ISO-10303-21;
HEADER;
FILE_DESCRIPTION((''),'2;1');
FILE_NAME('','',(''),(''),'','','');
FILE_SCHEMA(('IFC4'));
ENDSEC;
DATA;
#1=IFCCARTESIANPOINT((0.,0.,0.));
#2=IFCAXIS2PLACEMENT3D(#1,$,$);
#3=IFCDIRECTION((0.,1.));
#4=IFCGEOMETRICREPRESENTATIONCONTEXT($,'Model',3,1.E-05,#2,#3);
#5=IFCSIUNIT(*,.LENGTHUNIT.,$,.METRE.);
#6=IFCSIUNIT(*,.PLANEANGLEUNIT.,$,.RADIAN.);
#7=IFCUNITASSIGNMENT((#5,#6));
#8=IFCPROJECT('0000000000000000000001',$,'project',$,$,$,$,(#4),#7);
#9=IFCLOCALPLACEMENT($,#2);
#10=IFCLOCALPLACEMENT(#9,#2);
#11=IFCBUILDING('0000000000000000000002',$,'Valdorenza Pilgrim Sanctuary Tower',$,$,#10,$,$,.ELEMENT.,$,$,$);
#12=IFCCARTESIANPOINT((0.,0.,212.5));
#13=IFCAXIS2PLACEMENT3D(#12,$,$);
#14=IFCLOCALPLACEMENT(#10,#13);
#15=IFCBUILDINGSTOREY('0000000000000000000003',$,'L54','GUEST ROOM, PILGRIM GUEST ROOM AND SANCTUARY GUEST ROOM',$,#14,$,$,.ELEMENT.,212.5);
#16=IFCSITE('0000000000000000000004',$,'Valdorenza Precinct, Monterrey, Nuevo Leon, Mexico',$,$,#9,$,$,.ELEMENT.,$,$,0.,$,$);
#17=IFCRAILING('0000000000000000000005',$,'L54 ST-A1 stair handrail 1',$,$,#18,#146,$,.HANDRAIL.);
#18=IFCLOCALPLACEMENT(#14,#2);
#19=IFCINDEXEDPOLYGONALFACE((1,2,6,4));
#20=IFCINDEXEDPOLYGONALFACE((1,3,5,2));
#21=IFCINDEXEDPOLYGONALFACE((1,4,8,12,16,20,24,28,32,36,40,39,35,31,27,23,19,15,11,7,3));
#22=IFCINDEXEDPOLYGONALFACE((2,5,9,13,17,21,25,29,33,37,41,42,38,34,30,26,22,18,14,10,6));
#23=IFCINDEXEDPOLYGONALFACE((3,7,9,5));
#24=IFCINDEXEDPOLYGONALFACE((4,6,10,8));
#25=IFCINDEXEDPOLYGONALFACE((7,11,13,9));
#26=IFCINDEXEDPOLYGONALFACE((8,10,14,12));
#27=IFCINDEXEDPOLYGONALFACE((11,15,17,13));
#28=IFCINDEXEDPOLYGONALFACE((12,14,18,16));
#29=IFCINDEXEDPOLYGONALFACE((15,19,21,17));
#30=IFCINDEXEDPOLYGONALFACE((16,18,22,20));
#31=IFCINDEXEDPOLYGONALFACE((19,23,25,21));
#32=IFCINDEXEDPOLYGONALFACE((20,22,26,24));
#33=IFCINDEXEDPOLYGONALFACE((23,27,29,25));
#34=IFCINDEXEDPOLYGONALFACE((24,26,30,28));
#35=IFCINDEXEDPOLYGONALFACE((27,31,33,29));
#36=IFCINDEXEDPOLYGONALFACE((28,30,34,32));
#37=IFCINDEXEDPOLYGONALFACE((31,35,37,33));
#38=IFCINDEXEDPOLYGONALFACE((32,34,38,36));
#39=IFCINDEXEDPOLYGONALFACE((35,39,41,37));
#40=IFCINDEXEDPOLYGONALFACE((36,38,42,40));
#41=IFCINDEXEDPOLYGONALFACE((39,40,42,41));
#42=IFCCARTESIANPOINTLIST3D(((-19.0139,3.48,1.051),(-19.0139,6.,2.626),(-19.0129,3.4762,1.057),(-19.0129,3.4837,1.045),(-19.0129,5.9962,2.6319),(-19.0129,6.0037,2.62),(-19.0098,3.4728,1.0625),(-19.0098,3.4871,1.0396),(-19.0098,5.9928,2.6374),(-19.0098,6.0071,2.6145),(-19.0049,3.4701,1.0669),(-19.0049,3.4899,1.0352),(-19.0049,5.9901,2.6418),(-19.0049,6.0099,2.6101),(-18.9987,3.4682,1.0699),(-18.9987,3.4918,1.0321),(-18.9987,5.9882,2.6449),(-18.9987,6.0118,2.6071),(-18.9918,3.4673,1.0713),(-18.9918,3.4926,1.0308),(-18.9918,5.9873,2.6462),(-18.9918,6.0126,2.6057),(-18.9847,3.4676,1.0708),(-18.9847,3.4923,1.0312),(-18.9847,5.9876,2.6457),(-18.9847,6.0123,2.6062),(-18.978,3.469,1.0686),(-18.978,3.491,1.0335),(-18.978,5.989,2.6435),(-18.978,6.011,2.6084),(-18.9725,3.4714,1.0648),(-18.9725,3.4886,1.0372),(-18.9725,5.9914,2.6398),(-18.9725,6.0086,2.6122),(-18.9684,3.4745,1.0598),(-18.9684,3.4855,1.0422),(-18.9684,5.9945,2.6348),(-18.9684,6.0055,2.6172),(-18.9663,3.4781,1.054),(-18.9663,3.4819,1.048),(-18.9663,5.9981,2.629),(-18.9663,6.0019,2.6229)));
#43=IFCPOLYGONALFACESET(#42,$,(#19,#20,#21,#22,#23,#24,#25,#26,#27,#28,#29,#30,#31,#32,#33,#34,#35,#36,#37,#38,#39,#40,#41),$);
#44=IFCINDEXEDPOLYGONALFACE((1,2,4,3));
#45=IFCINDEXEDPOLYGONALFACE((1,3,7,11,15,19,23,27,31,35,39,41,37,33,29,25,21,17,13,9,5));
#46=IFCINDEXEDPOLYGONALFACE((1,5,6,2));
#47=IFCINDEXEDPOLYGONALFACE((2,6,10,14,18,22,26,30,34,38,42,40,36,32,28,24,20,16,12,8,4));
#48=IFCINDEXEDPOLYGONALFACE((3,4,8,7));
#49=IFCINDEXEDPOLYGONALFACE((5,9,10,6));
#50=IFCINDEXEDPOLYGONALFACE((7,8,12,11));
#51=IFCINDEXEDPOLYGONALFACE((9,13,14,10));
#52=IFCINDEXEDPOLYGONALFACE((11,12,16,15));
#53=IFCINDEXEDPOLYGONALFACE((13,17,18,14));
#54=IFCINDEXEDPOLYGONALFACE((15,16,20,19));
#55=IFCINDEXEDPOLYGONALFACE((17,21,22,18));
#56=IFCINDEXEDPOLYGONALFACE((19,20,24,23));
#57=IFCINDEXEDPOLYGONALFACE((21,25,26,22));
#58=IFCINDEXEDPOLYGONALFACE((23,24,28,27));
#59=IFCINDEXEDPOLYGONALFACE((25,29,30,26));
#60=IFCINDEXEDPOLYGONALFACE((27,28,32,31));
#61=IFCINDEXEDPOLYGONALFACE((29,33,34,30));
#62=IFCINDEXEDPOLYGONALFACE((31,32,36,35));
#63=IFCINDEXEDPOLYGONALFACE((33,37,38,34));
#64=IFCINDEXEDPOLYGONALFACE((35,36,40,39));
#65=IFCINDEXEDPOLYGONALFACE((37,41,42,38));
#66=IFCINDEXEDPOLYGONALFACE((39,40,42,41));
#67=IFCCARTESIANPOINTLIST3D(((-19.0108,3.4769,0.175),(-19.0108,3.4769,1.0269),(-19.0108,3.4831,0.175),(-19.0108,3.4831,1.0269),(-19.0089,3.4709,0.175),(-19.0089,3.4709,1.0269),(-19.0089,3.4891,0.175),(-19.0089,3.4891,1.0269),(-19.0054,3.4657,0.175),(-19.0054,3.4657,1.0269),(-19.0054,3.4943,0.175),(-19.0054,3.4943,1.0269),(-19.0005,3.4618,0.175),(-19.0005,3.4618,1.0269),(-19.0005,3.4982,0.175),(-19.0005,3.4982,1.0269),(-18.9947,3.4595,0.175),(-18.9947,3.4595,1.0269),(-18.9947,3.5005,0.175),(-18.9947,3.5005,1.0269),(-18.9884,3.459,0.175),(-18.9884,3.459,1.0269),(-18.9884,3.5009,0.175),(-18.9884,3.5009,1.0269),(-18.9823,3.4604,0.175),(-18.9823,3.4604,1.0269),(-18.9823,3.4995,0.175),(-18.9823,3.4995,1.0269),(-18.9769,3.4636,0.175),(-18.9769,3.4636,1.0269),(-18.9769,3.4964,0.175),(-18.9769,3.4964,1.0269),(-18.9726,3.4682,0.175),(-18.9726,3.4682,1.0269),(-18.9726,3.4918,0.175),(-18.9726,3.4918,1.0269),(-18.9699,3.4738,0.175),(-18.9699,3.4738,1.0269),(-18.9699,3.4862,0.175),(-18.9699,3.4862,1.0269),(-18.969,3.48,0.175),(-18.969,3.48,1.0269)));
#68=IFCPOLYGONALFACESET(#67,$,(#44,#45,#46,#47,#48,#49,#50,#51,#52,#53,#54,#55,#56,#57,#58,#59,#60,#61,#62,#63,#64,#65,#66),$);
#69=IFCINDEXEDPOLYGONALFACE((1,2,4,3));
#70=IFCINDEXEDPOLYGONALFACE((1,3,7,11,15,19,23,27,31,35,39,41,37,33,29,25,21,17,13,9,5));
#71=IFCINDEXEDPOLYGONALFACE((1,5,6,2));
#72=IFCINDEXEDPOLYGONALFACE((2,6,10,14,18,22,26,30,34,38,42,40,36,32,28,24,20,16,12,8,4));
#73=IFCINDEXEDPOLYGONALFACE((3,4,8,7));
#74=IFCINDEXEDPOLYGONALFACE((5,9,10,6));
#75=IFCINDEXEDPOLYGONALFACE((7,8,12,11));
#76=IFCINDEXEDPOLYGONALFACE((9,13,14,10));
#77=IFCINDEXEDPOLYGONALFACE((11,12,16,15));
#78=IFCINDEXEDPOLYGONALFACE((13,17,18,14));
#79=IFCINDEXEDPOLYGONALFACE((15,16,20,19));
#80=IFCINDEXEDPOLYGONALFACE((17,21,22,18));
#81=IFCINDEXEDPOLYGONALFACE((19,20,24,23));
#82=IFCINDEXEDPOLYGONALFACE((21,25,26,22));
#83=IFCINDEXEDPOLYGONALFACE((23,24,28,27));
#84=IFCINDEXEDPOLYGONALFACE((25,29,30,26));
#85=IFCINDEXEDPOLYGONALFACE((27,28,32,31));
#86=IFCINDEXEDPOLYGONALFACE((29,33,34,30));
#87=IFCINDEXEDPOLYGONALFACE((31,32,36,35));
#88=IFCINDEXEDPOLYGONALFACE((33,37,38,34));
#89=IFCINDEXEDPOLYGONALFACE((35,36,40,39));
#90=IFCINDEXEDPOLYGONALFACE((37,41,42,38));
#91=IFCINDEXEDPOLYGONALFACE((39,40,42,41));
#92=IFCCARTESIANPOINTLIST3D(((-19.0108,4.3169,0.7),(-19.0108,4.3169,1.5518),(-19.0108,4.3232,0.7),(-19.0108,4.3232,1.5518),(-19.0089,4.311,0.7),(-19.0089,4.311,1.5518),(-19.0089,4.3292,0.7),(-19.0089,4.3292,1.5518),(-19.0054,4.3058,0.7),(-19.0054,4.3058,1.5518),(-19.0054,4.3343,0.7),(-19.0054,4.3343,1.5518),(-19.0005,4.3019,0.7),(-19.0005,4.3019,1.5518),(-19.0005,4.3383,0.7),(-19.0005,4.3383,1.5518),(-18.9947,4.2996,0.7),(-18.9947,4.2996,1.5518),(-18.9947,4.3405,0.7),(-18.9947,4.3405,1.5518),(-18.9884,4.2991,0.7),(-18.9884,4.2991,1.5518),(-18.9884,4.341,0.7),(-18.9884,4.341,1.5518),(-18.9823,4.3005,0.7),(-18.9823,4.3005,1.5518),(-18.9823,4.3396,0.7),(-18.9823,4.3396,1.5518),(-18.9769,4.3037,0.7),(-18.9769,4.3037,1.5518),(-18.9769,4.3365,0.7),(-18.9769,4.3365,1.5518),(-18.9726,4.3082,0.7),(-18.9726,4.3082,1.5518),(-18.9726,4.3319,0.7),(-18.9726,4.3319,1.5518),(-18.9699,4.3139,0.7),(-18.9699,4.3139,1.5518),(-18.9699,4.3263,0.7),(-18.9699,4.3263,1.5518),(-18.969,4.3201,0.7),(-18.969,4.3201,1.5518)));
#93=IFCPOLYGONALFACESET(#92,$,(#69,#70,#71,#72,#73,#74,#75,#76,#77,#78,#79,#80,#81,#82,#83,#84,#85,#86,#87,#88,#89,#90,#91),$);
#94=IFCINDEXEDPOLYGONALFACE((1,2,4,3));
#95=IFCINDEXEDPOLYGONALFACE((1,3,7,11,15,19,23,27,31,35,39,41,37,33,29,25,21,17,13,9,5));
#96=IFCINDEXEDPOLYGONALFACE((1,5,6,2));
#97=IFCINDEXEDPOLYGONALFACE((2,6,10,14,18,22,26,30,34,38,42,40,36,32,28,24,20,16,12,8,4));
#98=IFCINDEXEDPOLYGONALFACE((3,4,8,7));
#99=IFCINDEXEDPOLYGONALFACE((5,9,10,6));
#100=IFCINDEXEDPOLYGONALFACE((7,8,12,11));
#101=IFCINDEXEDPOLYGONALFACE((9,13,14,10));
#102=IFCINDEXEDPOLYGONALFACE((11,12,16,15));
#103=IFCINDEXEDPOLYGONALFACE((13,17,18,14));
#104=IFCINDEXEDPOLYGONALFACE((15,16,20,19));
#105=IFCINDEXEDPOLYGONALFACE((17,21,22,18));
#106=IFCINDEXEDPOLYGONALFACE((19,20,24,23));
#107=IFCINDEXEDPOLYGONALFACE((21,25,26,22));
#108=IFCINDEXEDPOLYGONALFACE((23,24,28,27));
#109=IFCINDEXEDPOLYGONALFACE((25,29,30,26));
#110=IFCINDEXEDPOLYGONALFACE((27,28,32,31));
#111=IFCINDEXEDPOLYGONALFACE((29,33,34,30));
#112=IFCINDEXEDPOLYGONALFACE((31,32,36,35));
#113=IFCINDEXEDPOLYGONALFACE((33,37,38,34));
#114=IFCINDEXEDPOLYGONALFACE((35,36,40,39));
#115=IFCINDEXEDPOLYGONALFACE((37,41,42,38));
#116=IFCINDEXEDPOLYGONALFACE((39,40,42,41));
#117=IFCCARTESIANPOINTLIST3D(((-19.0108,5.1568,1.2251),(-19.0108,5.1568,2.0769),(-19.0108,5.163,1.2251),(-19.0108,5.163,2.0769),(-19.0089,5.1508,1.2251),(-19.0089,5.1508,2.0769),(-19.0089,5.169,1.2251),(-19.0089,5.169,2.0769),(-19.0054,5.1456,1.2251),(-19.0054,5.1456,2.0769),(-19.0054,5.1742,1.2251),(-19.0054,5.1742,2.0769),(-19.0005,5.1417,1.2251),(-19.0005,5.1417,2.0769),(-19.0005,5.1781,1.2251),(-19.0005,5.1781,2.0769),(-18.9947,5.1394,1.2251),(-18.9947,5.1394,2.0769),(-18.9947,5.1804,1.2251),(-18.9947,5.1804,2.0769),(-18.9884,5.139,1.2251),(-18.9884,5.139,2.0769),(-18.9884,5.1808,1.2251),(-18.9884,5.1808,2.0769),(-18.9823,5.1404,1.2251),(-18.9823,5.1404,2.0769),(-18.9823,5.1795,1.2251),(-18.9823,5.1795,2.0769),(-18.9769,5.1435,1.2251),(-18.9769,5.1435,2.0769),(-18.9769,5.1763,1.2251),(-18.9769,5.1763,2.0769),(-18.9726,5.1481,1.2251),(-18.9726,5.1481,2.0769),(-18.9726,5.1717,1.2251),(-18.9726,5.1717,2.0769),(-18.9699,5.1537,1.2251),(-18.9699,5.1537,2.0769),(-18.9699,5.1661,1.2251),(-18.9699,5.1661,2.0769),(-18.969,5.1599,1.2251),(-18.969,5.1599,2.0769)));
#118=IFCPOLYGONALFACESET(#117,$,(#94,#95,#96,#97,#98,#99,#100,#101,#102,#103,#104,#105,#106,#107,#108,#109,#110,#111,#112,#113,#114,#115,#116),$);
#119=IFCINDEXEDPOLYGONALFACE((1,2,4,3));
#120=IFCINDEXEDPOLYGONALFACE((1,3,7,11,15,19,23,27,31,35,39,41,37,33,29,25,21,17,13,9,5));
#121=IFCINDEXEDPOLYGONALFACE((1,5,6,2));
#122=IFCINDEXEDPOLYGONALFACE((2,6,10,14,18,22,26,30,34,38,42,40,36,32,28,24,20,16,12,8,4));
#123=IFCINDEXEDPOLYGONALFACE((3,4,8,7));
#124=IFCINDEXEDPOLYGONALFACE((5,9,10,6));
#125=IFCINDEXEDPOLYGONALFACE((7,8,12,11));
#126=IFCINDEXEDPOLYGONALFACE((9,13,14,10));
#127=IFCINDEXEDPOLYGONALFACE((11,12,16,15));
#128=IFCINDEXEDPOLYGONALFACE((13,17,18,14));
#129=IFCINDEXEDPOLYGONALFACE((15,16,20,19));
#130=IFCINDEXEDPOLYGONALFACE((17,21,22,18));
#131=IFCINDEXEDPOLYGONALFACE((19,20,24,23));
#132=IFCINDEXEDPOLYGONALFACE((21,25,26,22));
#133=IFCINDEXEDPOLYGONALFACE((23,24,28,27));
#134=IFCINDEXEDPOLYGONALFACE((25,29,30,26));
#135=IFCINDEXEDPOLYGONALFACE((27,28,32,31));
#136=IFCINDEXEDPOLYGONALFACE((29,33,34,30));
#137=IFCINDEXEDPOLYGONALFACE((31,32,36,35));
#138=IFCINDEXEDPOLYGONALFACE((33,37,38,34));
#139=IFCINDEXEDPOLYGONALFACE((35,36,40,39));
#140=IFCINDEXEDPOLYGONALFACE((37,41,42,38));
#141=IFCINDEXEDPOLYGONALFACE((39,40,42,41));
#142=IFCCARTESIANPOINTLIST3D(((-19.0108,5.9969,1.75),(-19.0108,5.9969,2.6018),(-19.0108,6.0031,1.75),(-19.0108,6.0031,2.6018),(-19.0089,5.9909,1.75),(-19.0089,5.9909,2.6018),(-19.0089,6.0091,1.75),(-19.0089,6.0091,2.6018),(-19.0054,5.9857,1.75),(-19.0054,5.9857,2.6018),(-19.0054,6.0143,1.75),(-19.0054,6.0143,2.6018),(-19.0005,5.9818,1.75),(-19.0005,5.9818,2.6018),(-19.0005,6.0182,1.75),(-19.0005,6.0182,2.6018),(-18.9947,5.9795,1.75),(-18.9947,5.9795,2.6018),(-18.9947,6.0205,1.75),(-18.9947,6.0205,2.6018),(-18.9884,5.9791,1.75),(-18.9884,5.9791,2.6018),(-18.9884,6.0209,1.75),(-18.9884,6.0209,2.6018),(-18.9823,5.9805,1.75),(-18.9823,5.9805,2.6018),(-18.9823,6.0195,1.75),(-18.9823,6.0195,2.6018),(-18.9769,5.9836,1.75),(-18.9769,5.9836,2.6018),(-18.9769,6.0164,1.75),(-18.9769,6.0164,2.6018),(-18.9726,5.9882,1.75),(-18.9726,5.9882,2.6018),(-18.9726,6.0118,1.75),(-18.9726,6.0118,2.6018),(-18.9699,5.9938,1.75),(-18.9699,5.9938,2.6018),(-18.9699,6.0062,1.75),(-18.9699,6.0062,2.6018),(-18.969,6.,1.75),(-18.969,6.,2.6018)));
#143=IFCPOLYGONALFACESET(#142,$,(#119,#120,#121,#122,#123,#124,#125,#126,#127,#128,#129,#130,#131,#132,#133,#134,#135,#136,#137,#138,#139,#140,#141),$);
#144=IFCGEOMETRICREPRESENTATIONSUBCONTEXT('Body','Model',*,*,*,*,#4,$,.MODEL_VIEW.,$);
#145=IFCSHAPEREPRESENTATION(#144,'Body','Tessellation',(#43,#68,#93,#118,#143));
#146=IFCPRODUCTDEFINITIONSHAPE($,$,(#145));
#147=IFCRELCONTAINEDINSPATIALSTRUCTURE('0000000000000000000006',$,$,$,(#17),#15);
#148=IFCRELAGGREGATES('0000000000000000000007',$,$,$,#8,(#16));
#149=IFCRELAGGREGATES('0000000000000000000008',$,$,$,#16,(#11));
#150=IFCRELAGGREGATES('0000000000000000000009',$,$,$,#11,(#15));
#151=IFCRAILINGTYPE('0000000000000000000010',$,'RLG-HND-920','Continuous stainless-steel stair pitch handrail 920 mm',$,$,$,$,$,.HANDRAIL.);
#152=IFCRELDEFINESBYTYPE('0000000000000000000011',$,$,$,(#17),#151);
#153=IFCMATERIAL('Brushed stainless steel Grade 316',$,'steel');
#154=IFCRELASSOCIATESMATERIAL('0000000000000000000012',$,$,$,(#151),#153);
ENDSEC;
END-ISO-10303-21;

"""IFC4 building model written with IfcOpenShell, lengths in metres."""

from ifc_helpers import new_model, si_unit, direction, frame, origin, origin_2d, place, context, subcontext, project, spatial, circle, extrude, material, type_object, element, save


model = new_model("IFC4")

# Units and contexts
model_context = context("Model", 3, precision=1e-05, world=origin(), true_north=direction((0.0, 1.0)))
body_context = subcontext(model_context, "Body", "Model", "MODEL_VIEW")
ifc_project = project(units=[si_unit("LENGTHUNIT", "METRE"), si_unit("PLANEANGLEUNIT", "RADIAN")], contexts=[model_context])

# Site, building, storey
site_placement = place(None, origin())
site = spatial("IfcSite", under=ifc_project, at=site_placement, Name="Valdorenza Precinct, Monterrey, Nuevo Leon, Mexico", CompositionType="ELEMENT", RefElevation=0.0)
building_placement = place(site_placement, origin())
building = spatial("IfcBuilding", under=site, at=building_placement, Name="Valdorenza Pilgrim Sanctuary Tower", CompositionType="ELEMENT")
storey_placement = place(building_placement, frame((0.0, 0.0, 212.5)))
storey = spatial("IfcBuildingStorey", under=building, at=storey_placement, Name="L54", Description="GUEST ROOM, PILGRIM GUEST ROOM AND SANCTUARY GUEST ROOM", CompositionType="ELEMENT", Elevation=212.5)

# Shared definitions
ifc_material_1 = material(Name="Brushed stainless steel Grade 316", Category="steel")

# Railing
railing_type_1 = type_object("IfcRailingType", Name="RLG-HND-920", Description="Continuous stainless-steel stair pitch handrail 920 mm", PredefinedType="HANDRAIL", material=ifc_material_1)
railing_1_placement = place(storey_placement, frame((-18.99, 3.48, 0.175)))
element("IfcRailing", 1, at=railing_1_placement, inside=storey, type_object=railing_type_1, Name="L54 ST-A1 stair handrail 1", PredefinedType="HANDRAIL", context=body_context, shape_type="SweptSolid", body=[
    extrude(circle(Radius=0.0239, at=origin_2d()), frame((0.0, 0.0, 0.876), z_axis=(0.0, 0.848008, 0.529984), x_axis=(-1.0, 0.0, 0.0)), (0.0, 0.0, 1.0), 2.9717),
    extrude(circle(Radius=0.021, at=origin_2d()), origin(), (0.0, 0.0, 1.0), 0.8518),
    extrude(circle(Radius=0.021, at=origin_2d()), frame((0.0, 0.8401, 0.5249)), (0.0, 0.0, 1.0), 0.8518),
    extrude(circle(Radius=0.021, at=origin_2d()), frame((0.0, 1.6799, 1.05)), (0.0, 0.0, 1.0), 0.8518),
    extrude(circle(Radius=0.021, at=origin_2d()), frame((0.0, 2.52, 1.575)), (0.0, 0.0, 1.0), 0.8518),
])

save(model, "model.ifc")
